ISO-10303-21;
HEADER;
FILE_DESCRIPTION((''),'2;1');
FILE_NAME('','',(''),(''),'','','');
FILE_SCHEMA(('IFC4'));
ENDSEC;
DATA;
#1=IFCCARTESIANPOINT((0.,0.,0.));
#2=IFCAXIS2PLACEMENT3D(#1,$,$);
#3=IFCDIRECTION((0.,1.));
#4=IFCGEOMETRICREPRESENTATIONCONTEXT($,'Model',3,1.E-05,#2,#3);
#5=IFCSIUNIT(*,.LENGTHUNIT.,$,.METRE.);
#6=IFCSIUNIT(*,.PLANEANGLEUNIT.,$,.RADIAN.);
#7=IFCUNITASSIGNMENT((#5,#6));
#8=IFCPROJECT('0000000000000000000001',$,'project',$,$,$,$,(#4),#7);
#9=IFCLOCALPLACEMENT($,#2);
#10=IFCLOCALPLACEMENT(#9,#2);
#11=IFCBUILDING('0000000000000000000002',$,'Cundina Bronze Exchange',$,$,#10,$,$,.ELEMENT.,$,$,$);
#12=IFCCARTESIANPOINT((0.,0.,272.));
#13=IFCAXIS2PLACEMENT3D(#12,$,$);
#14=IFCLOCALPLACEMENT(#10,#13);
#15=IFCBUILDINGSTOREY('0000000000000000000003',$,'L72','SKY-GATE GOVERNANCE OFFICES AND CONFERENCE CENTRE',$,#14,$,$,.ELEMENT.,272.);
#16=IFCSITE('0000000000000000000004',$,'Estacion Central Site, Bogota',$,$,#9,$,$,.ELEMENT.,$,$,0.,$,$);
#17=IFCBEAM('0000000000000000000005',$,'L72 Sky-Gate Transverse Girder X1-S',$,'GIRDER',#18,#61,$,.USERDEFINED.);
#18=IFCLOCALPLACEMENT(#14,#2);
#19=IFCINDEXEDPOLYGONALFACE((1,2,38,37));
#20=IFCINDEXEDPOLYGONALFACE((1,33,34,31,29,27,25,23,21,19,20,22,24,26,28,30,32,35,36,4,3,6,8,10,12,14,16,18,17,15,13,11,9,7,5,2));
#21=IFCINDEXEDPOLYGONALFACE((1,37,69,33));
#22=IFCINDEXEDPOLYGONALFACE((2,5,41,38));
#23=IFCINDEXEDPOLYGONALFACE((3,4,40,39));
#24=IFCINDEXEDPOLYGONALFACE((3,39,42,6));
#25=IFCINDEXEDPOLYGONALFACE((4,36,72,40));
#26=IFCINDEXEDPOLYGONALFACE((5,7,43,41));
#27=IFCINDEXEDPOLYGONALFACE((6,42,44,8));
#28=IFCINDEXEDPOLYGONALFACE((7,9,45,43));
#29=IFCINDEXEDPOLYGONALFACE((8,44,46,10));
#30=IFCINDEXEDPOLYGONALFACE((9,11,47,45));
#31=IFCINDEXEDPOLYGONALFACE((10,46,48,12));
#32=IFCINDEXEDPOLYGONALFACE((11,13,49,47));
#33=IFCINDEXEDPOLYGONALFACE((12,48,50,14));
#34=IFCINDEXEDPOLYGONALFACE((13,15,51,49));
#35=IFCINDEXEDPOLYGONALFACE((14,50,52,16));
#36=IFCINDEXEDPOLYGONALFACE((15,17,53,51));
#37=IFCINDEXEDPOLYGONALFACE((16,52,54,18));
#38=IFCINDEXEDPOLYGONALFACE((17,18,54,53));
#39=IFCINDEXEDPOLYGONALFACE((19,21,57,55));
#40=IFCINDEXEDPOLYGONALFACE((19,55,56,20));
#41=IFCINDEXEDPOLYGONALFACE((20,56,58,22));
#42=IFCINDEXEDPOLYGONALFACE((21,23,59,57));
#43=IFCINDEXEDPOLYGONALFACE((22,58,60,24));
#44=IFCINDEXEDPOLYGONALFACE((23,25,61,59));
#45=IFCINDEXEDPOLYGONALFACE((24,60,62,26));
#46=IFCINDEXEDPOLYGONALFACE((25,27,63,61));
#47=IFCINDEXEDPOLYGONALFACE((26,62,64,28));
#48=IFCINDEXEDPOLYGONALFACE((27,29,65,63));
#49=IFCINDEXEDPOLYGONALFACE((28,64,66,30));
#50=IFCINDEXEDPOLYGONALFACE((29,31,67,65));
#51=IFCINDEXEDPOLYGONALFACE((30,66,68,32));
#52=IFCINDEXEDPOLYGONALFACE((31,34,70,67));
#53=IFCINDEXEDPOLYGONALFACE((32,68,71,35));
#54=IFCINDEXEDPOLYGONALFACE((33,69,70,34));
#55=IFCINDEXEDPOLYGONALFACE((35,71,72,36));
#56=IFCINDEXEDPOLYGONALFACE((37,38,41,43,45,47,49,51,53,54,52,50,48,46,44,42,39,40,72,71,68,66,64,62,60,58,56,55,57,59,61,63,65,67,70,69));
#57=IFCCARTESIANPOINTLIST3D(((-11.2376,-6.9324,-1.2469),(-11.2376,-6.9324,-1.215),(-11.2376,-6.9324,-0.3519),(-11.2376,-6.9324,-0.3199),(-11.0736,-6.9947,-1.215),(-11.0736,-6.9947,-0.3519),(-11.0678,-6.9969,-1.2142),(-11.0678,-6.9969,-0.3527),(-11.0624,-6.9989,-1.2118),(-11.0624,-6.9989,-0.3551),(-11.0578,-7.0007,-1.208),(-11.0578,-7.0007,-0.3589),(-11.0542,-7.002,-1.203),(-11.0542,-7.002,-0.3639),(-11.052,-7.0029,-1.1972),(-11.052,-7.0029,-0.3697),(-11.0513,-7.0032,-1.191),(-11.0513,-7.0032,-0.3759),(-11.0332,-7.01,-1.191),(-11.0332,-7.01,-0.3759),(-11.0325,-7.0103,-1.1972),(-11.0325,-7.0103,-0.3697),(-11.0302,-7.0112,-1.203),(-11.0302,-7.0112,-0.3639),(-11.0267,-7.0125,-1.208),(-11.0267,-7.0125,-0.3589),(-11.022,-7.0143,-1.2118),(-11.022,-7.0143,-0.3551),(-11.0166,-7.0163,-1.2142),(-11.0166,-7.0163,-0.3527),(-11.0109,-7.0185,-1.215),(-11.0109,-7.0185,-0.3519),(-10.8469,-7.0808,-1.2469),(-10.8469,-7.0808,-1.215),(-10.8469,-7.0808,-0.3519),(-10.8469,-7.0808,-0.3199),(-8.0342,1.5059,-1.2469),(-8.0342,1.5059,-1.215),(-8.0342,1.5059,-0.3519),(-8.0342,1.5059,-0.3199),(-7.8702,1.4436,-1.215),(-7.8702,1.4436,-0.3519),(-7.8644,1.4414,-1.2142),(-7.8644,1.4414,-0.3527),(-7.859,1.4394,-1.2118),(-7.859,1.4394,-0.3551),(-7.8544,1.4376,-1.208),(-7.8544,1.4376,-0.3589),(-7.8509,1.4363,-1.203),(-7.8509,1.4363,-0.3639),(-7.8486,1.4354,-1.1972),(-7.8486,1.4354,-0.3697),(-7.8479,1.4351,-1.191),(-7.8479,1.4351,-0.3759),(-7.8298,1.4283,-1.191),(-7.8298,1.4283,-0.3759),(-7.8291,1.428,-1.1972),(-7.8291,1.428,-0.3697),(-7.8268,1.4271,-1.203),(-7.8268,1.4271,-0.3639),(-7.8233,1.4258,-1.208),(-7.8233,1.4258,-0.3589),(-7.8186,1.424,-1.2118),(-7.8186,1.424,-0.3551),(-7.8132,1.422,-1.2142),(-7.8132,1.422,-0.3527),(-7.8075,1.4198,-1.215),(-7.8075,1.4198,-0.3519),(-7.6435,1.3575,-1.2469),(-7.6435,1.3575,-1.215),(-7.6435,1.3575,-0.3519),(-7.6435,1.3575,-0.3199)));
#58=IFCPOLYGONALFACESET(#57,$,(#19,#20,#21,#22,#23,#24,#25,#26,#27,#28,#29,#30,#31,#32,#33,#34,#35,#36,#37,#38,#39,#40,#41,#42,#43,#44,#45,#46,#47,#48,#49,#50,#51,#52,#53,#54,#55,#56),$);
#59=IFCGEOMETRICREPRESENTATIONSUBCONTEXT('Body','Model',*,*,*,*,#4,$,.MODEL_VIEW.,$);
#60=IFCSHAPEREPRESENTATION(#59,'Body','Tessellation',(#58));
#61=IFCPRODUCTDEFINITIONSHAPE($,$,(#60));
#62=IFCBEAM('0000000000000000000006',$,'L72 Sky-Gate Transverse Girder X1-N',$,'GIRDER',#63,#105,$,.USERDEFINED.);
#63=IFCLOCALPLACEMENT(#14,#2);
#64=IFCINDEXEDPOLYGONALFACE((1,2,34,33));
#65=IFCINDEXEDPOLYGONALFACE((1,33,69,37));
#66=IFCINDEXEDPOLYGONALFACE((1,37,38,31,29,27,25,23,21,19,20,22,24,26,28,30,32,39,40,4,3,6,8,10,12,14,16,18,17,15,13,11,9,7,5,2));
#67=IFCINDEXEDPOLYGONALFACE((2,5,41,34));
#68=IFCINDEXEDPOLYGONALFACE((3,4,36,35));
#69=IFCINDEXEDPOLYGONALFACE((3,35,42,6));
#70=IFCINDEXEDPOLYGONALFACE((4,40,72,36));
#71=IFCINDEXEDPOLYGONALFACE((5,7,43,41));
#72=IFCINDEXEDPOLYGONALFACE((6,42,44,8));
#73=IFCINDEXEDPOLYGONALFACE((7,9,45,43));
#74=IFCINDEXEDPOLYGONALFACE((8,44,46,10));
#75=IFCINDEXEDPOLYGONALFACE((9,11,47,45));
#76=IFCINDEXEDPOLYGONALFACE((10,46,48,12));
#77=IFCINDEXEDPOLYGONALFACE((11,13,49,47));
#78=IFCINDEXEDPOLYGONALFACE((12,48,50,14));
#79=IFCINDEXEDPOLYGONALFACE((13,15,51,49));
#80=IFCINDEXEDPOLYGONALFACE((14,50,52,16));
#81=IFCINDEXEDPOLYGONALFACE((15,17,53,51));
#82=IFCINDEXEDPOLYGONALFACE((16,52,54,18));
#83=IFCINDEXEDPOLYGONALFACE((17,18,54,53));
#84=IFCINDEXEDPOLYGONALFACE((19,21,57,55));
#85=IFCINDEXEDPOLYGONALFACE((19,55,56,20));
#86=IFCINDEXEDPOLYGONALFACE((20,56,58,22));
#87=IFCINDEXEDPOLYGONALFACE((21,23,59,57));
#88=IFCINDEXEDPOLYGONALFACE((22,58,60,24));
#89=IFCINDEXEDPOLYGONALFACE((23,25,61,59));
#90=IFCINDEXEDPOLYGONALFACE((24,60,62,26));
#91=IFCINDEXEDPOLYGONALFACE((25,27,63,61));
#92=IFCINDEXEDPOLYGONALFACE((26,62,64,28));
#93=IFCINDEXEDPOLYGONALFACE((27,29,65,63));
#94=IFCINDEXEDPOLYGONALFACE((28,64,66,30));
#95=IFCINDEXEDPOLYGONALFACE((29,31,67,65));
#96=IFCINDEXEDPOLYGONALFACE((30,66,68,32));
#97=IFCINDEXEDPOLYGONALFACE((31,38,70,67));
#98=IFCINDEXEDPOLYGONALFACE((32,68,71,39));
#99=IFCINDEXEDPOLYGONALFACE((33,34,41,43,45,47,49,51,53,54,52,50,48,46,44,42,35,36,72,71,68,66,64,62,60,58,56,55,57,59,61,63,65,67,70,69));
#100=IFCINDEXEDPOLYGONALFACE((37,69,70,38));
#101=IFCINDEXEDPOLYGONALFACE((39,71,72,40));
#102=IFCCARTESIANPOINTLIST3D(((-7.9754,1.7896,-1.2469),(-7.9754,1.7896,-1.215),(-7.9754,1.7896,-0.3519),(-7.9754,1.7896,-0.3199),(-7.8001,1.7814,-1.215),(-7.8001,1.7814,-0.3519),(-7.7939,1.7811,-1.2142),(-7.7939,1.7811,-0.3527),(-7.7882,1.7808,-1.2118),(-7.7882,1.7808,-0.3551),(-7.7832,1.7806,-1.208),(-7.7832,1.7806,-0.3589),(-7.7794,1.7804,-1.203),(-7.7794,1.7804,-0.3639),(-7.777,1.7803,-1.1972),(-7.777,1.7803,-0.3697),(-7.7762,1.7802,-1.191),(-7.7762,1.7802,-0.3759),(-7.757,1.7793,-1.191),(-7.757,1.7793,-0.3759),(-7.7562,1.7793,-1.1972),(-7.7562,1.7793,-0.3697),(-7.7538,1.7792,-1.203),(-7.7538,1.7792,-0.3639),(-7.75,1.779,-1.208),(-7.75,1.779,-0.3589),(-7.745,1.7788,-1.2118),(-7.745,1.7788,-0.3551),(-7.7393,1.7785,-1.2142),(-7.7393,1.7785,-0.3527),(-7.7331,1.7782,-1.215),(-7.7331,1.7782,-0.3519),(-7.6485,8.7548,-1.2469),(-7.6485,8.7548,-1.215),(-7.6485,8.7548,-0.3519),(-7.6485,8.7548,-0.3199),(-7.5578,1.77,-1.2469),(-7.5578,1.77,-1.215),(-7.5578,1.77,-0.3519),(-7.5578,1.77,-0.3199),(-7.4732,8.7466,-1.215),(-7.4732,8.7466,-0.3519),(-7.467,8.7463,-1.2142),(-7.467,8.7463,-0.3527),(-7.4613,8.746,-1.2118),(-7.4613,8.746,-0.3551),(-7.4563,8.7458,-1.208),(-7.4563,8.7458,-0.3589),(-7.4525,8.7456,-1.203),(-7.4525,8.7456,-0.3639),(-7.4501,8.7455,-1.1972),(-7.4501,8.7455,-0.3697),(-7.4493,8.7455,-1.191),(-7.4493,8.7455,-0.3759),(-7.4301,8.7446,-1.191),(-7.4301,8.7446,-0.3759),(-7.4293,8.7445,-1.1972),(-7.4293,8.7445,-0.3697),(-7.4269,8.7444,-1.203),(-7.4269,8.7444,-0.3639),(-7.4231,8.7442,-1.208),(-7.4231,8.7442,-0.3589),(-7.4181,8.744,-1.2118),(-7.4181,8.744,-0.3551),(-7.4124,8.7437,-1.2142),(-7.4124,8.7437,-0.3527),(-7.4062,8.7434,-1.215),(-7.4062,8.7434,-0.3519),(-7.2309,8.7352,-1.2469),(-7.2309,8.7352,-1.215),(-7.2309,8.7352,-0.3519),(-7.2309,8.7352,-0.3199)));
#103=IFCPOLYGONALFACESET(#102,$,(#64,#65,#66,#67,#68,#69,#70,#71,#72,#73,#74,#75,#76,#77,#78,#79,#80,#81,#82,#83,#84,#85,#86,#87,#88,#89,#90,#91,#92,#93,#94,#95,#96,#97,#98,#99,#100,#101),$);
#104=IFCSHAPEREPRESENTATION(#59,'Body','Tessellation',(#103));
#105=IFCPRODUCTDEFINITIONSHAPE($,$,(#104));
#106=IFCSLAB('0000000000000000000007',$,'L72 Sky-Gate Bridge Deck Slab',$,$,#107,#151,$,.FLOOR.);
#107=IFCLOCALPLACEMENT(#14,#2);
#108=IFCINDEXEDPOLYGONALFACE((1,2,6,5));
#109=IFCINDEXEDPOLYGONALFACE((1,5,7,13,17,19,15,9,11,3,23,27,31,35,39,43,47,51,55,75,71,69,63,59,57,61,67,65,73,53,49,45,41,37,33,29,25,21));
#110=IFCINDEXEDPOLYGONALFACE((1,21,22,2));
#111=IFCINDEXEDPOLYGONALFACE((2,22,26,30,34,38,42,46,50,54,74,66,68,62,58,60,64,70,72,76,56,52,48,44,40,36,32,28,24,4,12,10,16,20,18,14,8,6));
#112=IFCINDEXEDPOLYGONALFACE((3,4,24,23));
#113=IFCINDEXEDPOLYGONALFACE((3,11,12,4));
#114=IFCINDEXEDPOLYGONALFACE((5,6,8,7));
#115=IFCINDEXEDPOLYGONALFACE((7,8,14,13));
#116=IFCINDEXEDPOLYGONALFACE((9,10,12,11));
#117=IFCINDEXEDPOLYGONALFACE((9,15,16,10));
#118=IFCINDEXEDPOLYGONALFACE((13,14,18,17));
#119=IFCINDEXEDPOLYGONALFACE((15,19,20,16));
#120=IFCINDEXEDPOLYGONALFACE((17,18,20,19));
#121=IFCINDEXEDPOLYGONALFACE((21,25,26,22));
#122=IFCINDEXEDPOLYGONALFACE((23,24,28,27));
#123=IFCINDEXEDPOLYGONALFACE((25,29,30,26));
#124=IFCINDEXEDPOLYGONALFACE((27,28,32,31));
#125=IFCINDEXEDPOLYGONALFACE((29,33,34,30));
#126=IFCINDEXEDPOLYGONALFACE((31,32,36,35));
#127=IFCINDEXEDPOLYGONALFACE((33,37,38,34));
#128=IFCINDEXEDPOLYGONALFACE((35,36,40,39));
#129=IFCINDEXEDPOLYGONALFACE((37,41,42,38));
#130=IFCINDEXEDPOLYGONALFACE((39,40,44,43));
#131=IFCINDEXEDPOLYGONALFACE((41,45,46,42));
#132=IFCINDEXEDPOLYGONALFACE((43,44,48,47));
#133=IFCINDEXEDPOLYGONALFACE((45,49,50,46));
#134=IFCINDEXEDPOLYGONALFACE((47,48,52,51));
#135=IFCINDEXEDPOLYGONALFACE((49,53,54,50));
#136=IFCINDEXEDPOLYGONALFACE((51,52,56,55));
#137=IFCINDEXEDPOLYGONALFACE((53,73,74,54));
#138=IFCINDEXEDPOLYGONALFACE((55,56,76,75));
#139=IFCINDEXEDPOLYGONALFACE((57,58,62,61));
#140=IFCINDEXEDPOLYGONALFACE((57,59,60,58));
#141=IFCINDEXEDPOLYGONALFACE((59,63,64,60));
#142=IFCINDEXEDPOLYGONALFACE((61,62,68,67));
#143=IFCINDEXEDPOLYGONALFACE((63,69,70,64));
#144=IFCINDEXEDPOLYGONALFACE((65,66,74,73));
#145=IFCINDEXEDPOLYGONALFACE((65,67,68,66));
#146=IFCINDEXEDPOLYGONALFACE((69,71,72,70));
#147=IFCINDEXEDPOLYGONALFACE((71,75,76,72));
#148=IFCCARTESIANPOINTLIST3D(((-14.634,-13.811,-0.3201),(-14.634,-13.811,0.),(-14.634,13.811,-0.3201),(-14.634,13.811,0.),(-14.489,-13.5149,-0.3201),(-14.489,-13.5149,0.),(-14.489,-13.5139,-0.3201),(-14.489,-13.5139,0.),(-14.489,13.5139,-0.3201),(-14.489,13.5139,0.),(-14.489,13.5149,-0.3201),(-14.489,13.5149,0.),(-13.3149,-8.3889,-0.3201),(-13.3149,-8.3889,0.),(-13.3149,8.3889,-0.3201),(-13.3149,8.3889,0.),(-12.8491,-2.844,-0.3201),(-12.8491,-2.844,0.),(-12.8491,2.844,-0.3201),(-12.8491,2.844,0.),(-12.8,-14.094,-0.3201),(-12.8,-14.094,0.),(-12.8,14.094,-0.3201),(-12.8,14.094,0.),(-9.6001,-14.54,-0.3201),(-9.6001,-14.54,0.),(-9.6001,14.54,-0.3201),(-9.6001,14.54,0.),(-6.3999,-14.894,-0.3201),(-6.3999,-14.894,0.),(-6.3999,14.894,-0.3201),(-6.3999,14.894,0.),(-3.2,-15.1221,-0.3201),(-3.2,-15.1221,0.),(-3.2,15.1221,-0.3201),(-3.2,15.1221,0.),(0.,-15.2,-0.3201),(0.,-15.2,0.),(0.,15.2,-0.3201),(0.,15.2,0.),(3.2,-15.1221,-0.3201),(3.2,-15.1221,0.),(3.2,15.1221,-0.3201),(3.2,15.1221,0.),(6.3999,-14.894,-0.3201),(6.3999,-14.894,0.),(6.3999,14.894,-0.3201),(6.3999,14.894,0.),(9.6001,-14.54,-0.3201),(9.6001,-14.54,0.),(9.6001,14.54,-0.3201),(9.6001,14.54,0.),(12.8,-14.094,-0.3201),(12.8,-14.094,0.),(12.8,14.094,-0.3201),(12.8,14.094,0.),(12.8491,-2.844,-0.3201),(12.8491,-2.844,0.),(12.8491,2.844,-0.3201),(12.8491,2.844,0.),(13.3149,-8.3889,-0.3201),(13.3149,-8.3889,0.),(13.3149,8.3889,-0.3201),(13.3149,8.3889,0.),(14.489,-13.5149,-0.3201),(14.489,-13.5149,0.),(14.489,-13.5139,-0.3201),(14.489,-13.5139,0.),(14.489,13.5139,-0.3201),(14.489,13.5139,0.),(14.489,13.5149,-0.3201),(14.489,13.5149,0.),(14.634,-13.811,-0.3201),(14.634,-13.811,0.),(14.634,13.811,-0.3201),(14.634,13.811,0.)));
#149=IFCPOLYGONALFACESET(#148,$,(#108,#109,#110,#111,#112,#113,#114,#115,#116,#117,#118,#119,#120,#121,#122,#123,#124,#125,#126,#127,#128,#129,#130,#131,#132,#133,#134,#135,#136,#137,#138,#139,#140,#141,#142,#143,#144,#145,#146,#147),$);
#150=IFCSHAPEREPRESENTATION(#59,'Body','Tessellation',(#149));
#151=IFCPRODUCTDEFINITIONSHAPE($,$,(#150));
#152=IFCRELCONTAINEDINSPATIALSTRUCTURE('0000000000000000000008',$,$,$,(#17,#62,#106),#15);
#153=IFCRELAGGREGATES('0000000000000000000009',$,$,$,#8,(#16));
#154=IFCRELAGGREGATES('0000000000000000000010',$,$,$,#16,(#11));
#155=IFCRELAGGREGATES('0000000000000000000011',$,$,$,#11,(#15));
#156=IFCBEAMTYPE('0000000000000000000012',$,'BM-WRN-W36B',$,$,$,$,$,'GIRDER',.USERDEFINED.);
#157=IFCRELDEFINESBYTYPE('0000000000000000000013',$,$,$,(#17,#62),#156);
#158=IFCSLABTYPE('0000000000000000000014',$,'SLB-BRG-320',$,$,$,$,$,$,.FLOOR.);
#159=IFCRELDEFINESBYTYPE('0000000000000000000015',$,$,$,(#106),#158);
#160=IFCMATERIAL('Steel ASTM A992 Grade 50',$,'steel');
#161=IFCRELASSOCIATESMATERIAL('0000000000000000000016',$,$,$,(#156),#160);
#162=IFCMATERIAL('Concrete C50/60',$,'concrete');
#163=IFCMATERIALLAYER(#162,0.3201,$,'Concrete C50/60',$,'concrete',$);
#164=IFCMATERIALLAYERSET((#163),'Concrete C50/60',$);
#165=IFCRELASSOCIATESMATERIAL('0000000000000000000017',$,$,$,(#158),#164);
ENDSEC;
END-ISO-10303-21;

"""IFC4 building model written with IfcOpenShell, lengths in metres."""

from ifc_helpers import new_model, si_unit, direction, frame, origin, origin_2d, place, context, subcontext, project, spatial, polyline, i_section, outline, extrude, material, layer, layer_set, material_profile, profile_set, type_object, element, save


model = new_model("IFC4")

# Units and contexts
model_context = context("Model", 3, precision=1e-05, world=origin(), true_north=direction((0.0, 1.0)))
body_context = subcontext(model_context, "Body", "Model", "MODEL_VIEW")
ifc_project = project(units=[si_unit("LENGTHUNIT", "METRE"), si_unit("PLANEANGLEUNIT", "RADIAN")], contexts=[model_context])

# Site, building, storey
site_placement = place(None, origin())
site = spatial("IfcSite", under=ifc_project, at=site_placement, Name="Estacion Central Site, Bogota", CompositionType="ELEMENT", RefElevation=0.0)
building_placement = place(site_placement, origin())
building = spatial("IfcBuilding", under=site, at=building_placement, Name="Cundina Bronze Exchange", CompositionType="ELEMENT")
storey_placement = place(building_placement, frame((0.0, 0.0, 272.0)))
storey = spatial("IfcBuildingStorey", under=building, at=storey_placement, Name="L72", Description="SKY-GATE GOVERNANCE OFFICES AND CONFERENCE CENTRE", CompositionType="ELEMENT", Elevation=272.0)

# Shared definitions
ifc_material_1 = material(Name="Concrete C50/60", Category="concrete")

# Beams
ifc_material_2 = material(Name="Steel ASTM A992 Grade 50", Category="steel")
ifc_material_profile_1 = material_profile(ifc_material_2, i_section(OverallWidth=0.418, OverallDepth=0.927, WebThickness=0.0193, FlangeThickness=0.032, FilletRadius=0.0239, at=origin_2d()), Name="W36X231", Category="steel")
ifc_profile_set_1 = profile_set([ifc_material_profile_1], Name="Steel ASTM A992 Grade 50")
beam_type_1 = type_object("IfcBeamType", Name="BM-WRN-W36B", ElementType="GIRDER", PredefinedType="USERDEFINED", material=ifc_profile_set_1)
beam_1_placement = place(storey_placement, frame((-11.0422, -7.0066, -0.7834), z_axis=(0.354912, 0.9349, 0.0), x_axis=(-0.9349, 0.354912, 0.0)))
element("IfcBeam", 1, at=beam_1_placement, inside=storey, type_object=beam_type_1, Name="L72 Sky-Gate Transverse Girder X1-S", ObjectType="GIRDER", PredefinedType="USERDEFINED", context=body_context, shape_type="SweptSolid", body=[
    extrude(i_section(OverallWidth=0.418, OverallDepth=0.927, WebThickness=0.0193, FlangeThickness=0.032, FilletRadius=0.0239, at=origin_2d()), origin(), (0.0, 0.0, 1.0), 9.0259),
])
beam_2_placement = place(storey_placement, frame((-7.7666, 1.7798, -0.7834), z_axis=(0.046881, 0.9989, 0.0), x_axis=(-0.9989, 0.046881, 0.0)))
element("IfcBeam", 2, at=beam_2_placement, inside=storey, type_object=beam_type_1, Name="L72 Sky-Gate Transverse Girder X1-N", ObjectType="GIRDER", PredefinedType="USERDEFINED", context=body_context, shape_type="SweptSolid", body=[
    extrude(i_section(OverallWidth=0.418, OverallDepth=0.927, WebThickness=0.0193, FlangeThickness=0.032, FilletRadius=0.0239, at=origin_2d()), origin(), (0.0, 0.0, 1.0), 6.9729),
])

# Slab
ifc_layer_1 = layer(ifc_material_1, 0.3201, Name="Concrete C50/60", Category="concrete")
ifc_layer_set_1 = layer_set([ifc_layer_1], Name="Concrete C50/60")
slab_type_1 = type_object("IfcSlabType", Name="SLB-BRG-320", PredefinedType="FLOOR", material=ifc_layer_set_1)
slab_1_placement = place(storey_placement, frame((0.0, 0.0, -0.3201)))
element("IfcSlab", 3, at=slab_1_placement, inside=storey, type_object=slab_type_1, Name="L72 Sky-Gate Bridge Deck Slab", PredefinedType="FLOOR", context=body_context, shape_type="SweptSolid", body=[
    extrude(outline(polyline([(12.8, -14.094), (9.6001, -14.54), (6.3999, -14.894), (3.2, -15.1221), (0.0, -15.2), (-3.2, -15.1221), (-6.3999, -14.894), (-9.6001, -14.54), (-12.8, -14.094), (-14.634, -13.811), (-14.489, -13.5149), (-14.489, -13.5149), (-14.489, -13.5139), (-13.3149, -8.3889), (-13.3149, -8.3889), (-12.8491, -2.844), (-12.8491, -2.844), (-12.8491, 2.844), (-12.8491, 2.844), (-13.3149, 8.3889), (-13.3149, 8.3889), (-14.489, 13.5139), (-14.489, 13.5149), (-14.489, 13.5149), (-14.634, 13.811), (-12.8, 14.094), (-9.6001, 14.54), (-6.3999, 14.894), (-3.2, 15.1221), (0.0, 15.2), (3.2, 15.1221), (6.3999, 14.894), (9.6001, 14.54), (12.8, 14.094), (14.634, 13.811), (14.489, 13.5149), (14.489, 13.5149), (14.489, 13.5139), (13.3149, 8.3889), (13.3149, 8.3889), (12.8491, 2.844), (12.8491, 2.844), (12.8491, -2.844), (12.8491, -2.844), (13.3149, -8.3889), (13.3149, -8.3889), (14.489, -13.5139), (14.489, -13.5149), (14.489, -13.5149), (14.634, -13.811), (12.8, -14.094)])), origin(), (0.0, 0.0, 1.0), 0.3201),
])

save(model, "model.ifc")
